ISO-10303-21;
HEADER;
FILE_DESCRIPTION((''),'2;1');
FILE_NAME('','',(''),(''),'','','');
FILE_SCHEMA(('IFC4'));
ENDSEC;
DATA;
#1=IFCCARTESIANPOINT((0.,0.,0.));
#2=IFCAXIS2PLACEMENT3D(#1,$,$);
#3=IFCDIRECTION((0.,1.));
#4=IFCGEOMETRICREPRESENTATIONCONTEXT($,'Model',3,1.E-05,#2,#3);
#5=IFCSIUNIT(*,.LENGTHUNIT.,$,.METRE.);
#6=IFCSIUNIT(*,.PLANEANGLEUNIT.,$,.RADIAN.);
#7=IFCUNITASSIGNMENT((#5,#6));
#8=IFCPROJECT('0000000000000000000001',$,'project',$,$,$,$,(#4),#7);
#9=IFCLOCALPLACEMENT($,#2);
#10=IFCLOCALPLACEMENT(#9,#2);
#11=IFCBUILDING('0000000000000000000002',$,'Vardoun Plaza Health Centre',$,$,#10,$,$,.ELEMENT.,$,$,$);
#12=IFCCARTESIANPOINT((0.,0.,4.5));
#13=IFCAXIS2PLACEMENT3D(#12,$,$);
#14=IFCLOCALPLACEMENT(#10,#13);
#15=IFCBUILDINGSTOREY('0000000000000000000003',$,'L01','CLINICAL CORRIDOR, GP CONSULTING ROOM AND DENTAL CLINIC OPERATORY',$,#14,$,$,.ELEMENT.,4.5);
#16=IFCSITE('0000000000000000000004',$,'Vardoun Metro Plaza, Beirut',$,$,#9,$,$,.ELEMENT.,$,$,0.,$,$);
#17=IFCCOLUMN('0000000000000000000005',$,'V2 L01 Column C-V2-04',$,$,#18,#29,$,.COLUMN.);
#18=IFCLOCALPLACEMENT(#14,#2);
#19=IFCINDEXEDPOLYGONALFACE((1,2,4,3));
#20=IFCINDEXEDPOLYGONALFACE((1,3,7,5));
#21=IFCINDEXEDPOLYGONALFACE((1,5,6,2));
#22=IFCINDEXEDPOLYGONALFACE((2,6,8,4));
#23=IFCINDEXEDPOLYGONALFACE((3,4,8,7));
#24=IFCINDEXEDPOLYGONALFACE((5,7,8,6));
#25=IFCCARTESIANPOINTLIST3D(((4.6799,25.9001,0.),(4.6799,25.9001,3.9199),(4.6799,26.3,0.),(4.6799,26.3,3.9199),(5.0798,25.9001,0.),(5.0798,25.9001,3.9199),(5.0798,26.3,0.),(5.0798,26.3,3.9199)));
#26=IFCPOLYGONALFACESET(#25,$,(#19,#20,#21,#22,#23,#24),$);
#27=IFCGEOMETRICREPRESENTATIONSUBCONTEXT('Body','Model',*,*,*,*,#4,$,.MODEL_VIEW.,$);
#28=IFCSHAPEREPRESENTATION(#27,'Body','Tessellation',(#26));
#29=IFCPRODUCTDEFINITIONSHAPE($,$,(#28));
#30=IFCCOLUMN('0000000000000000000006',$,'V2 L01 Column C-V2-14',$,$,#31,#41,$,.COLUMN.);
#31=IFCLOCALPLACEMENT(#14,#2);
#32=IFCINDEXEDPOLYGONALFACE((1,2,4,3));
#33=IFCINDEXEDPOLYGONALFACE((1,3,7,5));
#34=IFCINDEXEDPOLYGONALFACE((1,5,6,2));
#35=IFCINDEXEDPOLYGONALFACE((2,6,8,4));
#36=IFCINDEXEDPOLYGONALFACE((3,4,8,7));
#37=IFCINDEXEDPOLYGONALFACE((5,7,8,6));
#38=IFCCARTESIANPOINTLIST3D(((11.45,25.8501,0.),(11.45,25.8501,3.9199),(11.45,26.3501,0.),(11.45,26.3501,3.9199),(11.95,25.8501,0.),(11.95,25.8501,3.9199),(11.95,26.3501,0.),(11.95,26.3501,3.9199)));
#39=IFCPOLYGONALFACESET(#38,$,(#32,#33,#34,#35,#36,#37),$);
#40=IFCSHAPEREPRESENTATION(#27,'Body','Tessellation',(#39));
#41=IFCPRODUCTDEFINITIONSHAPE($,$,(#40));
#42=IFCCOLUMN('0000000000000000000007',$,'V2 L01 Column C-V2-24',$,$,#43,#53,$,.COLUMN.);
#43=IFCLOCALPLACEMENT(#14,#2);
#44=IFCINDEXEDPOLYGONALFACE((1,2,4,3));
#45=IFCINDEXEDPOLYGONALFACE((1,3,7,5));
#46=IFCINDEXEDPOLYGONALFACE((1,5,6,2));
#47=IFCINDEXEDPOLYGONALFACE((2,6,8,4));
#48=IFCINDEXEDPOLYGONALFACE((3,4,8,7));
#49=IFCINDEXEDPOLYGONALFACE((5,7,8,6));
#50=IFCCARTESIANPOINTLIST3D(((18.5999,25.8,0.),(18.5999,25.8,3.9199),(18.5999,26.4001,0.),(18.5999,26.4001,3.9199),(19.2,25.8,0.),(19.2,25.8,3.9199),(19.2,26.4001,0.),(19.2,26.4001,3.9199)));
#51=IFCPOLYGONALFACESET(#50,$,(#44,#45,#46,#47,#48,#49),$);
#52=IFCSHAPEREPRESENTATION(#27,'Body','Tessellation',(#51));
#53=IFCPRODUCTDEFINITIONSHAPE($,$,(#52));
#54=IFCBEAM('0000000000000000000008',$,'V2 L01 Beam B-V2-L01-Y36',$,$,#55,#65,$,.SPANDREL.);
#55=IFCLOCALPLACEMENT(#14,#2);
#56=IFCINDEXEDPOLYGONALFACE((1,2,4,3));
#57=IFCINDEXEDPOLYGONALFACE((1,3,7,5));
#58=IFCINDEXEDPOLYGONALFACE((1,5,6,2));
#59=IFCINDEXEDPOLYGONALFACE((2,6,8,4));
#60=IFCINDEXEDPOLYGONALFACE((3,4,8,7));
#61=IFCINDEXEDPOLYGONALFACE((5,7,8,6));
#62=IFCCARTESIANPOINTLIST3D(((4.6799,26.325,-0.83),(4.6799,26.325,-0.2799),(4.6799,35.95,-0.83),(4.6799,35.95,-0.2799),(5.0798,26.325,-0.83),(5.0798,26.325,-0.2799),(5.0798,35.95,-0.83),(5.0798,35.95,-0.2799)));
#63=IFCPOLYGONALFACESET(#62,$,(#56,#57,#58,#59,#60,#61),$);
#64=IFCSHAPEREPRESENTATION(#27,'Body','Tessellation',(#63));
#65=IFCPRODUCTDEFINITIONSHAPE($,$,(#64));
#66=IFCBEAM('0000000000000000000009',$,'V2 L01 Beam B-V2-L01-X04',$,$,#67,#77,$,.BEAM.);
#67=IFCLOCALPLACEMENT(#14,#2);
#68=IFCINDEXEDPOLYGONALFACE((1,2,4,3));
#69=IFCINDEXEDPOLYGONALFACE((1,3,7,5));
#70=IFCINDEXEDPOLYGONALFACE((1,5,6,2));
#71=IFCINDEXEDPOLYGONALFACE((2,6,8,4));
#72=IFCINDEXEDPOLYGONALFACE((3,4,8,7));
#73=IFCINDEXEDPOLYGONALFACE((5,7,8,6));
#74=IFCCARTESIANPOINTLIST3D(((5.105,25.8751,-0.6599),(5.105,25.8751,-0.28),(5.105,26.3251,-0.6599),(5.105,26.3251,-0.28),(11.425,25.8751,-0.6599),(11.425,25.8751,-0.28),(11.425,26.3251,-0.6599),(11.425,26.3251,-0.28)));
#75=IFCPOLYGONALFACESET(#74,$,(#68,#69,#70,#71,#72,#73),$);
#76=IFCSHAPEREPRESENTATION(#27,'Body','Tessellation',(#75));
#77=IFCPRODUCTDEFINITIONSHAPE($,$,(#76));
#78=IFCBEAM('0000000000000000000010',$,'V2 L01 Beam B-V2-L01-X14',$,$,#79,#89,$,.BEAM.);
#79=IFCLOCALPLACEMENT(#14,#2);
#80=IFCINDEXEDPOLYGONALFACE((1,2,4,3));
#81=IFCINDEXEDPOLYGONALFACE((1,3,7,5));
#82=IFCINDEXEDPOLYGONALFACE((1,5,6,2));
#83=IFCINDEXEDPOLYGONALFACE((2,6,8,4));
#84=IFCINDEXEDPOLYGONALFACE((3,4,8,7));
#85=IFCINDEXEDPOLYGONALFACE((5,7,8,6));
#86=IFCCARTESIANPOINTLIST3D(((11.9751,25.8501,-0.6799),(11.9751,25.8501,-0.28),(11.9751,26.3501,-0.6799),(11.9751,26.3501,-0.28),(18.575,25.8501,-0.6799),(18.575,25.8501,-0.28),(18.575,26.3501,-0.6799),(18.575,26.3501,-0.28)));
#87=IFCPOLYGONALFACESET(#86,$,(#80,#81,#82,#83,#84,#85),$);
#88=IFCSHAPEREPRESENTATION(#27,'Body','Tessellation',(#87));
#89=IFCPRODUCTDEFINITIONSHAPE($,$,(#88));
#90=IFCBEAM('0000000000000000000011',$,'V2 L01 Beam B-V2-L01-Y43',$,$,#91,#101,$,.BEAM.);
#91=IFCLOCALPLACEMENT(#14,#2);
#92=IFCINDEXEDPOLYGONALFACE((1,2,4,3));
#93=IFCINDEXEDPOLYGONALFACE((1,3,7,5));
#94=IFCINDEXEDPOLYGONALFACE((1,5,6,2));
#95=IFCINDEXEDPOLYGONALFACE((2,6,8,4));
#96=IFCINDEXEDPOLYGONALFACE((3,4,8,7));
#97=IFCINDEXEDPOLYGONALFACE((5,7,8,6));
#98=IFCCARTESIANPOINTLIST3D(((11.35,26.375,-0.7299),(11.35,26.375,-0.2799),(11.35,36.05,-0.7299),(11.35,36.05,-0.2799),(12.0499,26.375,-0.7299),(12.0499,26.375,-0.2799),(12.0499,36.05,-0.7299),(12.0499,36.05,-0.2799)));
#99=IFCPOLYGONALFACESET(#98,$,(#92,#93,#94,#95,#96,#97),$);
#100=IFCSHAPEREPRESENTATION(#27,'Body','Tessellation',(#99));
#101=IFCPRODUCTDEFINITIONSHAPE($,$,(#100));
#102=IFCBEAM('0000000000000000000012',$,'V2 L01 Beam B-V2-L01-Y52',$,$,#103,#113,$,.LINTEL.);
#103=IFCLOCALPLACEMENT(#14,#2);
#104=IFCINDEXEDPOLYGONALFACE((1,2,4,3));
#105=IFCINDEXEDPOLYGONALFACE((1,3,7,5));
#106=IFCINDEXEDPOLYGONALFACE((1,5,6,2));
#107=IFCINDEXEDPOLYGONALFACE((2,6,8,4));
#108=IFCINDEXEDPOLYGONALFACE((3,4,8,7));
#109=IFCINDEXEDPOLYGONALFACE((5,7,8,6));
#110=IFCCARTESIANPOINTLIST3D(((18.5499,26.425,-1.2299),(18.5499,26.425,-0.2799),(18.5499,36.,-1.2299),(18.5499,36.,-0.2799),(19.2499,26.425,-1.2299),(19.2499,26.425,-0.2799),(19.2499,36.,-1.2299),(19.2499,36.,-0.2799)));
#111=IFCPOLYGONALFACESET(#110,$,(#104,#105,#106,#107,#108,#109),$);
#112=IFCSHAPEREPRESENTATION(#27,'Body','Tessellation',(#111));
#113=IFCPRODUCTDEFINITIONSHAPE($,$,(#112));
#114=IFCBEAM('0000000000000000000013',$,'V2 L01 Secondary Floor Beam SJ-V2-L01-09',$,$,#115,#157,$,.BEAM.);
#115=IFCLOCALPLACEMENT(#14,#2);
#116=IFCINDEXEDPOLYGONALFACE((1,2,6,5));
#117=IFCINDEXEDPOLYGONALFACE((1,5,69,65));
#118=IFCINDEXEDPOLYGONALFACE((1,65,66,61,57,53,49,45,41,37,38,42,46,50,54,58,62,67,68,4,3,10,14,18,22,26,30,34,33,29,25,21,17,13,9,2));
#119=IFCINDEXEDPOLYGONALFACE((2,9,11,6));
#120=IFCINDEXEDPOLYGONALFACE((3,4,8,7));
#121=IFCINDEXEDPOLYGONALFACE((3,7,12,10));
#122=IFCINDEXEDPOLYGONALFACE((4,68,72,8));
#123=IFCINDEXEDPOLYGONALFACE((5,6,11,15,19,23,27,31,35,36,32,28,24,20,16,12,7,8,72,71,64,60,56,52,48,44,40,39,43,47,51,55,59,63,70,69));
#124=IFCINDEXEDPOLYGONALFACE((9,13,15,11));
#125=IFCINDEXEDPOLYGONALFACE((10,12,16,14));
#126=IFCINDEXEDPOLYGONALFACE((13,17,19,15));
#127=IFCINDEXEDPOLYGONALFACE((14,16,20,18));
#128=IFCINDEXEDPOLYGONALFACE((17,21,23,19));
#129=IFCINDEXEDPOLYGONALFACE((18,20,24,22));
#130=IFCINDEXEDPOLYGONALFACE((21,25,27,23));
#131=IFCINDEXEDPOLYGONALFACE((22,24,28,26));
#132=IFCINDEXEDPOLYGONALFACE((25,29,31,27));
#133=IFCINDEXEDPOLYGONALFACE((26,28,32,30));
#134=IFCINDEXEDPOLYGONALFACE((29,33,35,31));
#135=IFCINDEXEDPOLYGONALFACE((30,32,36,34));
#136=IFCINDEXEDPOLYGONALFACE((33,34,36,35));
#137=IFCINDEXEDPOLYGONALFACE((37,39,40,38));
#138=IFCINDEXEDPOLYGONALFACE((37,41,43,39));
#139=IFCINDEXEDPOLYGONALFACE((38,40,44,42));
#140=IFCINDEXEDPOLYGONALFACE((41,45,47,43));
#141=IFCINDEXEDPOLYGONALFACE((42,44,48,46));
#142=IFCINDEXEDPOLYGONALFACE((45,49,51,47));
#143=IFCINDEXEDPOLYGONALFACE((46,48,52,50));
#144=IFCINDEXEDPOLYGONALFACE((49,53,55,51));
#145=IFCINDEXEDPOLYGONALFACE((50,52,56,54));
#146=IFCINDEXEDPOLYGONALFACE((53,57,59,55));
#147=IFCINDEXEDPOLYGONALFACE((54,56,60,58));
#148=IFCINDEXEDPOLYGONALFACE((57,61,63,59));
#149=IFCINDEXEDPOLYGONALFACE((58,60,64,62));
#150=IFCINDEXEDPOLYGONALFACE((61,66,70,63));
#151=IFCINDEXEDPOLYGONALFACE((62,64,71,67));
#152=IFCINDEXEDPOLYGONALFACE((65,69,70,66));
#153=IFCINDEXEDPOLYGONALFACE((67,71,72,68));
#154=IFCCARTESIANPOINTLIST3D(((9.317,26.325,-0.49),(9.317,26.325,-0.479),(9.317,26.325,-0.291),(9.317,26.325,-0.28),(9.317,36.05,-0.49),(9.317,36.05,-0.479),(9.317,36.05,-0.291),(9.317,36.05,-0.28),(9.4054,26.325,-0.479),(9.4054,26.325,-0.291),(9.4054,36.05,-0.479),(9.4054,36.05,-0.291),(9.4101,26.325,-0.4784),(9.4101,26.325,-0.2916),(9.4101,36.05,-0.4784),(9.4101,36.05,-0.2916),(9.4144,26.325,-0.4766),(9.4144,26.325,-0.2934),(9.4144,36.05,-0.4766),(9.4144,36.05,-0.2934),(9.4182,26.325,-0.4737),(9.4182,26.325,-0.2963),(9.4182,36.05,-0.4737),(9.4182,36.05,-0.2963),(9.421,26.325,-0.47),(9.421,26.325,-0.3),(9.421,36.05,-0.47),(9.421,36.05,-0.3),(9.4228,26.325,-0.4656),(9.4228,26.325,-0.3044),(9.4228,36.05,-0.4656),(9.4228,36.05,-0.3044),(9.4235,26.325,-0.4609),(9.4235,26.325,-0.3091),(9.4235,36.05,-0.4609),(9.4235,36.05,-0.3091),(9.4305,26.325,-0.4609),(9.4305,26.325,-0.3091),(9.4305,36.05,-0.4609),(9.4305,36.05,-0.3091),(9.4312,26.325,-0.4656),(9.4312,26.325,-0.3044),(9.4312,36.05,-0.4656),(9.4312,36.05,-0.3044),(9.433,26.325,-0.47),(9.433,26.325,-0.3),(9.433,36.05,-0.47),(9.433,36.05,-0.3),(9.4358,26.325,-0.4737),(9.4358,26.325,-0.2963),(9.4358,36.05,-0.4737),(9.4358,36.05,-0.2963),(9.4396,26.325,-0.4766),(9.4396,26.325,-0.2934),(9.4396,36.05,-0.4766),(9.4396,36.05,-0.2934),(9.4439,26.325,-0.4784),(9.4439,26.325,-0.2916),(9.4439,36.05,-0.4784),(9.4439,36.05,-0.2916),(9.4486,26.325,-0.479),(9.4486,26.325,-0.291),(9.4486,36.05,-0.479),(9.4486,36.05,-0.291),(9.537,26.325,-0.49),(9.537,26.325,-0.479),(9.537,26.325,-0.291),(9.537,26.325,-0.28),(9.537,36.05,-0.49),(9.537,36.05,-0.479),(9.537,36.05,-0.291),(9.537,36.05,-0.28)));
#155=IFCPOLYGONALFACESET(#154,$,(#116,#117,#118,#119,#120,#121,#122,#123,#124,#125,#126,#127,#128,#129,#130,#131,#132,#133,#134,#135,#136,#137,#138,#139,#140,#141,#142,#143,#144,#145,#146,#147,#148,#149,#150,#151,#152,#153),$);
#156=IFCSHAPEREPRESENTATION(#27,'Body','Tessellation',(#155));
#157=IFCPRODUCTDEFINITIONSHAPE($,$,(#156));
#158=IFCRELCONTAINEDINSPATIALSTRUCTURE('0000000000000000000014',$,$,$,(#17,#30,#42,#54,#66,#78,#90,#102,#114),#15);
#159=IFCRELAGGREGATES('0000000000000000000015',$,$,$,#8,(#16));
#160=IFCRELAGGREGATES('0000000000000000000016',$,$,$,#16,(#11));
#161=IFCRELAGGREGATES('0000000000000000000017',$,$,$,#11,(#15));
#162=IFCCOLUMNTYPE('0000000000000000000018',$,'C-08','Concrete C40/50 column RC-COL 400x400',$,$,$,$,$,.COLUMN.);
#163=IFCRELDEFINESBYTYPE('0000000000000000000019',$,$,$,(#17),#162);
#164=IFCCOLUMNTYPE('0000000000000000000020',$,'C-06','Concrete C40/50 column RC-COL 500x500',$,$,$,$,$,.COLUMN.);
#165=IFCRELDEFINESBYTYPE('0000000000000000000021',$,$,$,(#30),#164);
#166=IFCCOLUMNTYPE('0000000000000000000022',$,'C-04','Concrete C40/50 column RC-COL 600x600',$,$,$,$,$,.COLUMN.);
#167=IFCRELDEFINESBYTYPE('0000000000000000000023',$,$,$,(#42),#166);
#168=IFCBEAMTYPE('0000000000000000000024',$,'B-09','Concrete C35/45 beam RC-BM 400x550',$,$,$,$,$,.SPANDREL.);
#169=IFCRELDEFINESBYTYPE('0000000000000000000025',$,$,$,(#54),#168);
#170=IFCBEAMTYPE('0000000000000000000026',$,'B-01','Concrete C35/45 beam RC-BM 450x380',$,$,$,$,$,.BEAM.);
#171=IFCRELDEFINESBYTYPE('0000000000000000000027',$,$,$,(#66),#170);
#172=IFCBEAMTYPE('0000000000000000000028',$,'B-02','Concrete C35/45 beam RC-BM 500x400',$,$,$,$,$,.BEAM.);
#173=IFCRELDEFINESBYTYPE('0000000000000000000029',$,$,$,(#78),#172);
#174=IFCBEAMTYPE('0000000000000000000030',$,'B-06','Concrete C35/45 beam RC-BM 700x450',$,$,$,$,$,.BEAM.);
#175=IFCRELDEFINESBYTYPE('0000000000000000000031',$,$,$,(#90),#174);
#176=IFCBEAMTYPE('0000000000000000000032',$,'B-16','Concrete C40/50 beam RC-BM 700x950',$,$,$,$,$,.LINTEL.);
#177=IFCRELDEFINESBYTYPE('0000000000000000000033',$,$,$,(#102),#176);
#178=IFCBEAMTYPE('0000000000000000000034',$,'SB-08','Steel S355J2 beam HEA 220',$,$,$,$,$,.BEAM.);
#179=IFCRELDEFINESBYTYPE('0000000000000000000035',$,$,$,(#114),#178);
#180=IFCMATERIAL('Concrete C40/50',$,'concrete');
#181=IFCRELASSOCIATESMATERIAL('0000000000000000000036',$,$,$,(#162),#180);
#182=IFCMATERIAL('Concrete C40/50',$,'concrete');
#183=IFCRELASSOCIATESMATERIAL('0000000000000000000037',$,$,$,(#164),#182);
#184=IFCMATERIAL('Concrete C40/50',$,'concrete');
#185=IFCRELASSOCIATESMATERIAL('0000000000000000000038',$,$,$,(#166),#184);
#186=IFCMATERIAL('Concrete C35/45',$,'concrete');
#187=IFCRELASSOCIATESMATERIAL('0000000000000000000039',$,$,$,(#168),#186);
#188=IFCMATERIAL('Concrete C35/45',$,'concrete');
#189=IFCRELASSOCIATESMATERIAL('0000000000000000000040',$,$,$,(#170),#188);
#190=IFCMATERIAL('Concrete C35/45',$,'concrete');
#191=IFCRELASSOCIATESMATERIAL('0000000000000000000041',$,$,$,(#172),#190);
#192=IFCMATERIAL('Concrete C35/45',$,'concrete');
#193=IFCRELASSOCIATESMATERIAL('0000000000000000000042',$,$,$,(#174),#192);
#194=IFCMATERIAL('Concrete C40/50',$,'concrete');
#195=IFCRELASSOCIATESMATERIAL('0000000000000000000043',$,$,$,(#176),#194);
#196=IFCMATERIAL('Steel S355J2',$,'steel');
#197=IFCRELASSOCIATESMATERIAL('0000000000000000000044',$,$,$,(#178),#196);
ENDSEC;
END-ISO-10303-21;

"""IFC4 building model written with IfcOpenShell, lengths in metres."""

from ifc_helpers import new_model, si_unit, direction, frame, origin, origin_2d, place, context, subcontext, project, spatial, rectangle, i_section, extrude, material, material_profile, profile_set, type_object, element, save


model = new_model("IFC4")

# Units and contexts
model_context = context("Model", 3, precision=1e-05, world=origin(), true_north=direction((0.0, 1.0)))
body_context = subcontext(model_context, "Body", "Model", "MODEL_VIEW")
ifc_project = project(units=[si_unit("LENGTHUNIT", "METRE"), si_unit("PLANEANGLEUNIT", "RADIAN")], contexts=[model_context])

# Site, building, storey
site_placement = place(None, origin())
site = spatial("IfcSite", under=ifc_project, at=site_placement, Name="Vardoun Metro Plaza, Beirut", CompositionType="ELEMENT", RefElevation=0.0)
building_placement = place(site_placement, origin())
building = spatial("IfcBuilding", under=site, at=building_placement, Name="Vardoun Plaza Health Centre", CompositionType="ELEMENT")
storey_placement = place(building_placement, frame((0.0, 0.0, 4.5)))
storey = spatial("IfcBuildingStorey", under=building, at=storey_placement, Name="L01", Description="CLINICAL CORRIDOR, GP CONSULTING ROOM AND DENTAL CLINIC OPERATORY", CompositionType="ELEMENT", Elevation=4.5)

# Columns
ifc_material_1 = material(Name="Concrete C40/50", Category="concrete")
ifc_material_profile_1 = material_profile(ifc_material_1, rectangle(XDim=0.3999, YDim=0.3999, at=origin_2d()), Name="RC-COL 400x400")
ifc_profile_set_1 = profile_set([ifc_material_profile_1], Name="Concrete C40/50")
column_type_1 = type_object("IfcColumnType", Name="C-08", Description="Concrete C40/50 column RC-COL 400x400", PredefinedType="COLUMN", material=ifc_profile_set_1)
column_1_placement = place(storey_placement, frame((4.8799, 26.1001, 0.0), z_axis=(0.0, 0.0, 1.0), x_axis=(1.0, 0.0, 0.0)))
element("IfcColumn", 1, at=column_1_placement, inside=storey, type_object=column_type_1, Name="V2 L01 Column C-V2-04", PredefinedType="COLUMN", context=body_context, shape_type="SweptSolid", body=[
    extrude(rectangle(XDim=0.3999, YDim=0.3999, at=origin_2d()), origin(), (0.0, 0.0, 1.0), 3.9199),
])
ifc_material_2 = material(Name="Concrete C40/50", Category="concrete")
ifc_material_profile_2 = material_profile(ifc_material_2, rectangle(XDim=0.5, YDim=0.5, at=origin_2d()), Name="RC-COL 500x500")
ifc_profile_set_2 = profile_set([ifc_material_profile_2], Name="Concrete C40/50")
column_type_2 = type_object("IfcColumnType", Name="C-06", Description="Concrete C40/50 column RC-COL 500x500", PredefinedType="COLUMN", material=ifc_profile_set_2)
column_2_placement = place(storey_placement, frame((11.7, 26.1001, 0.0), z_axis=(0.0, 0.0, 1.0), x_axis=(1.0, 0.0, 0.0)))
element("IfcColumn", 2, at=column_2_placement, inside=storey, type_object=column_type_2, Name="V2 L01 Column C-V2-14", PredefinedType="COLUMN", context=body_context, shape_type="SweptSolid", body=[
    extrude(rectangle(XDim=0.5, YDim=0.5, at=origin_2d()), origin(), (0.0, 0.0, 1.0), 3.9199),
])
ifc_material_3 = material(Name="Concrete C40/50", Category="concrete")
ifc_material_profile_3 = material_profile(ifc_material_3, rectangle(XDim=0.6001, YDim=0.6001, at=origin_2d()), Name="RC-COL 600x600")
ifc_profile_set_3 = profile_set([ifc_material_profile_3], Name="Concrete C40/50")
column_type_3 = type_object("IfcColumnType", Name="C-04", Description="Concrete C40/50 column RC-COL 600x600", PredefinedType="COLUMN", material=ifc_profile_set_3)
column_3_placement = place(storey_placement, frame((18.8999, 26.1001, 0.0), z_axis=(0.0, 0.0, 1.0), x_axis=(1.0, 0.0, 0.0)))
element("IfcColumn", 3, at=column_3_placement, inside=storey, type_object=column_type_3, Name="V2 L01 Column C-V2-24", PredefinedType="COLUMN", context=body_context, shape_type="SweptSolid", body=[
    extrude(rectangle(XDim=0.6001, YDim=0.6001, at=origin_2d()), origin(), (0.0, 0.0, 1.0), 3.9199),
])

# Beams
ifc_material_4 = material(Name="Concrete C35/45", Category="concrete")
ifc_material_profile_4 = material_profile(ifc_material_4, rectangle(XDim=0.3999, YDim=0.55, at=origin_2d()), Name="RC-BM 400x550")
ifc_profile_set_4 = profile_set([ifc_material_profile_4], Name="Concrete C35/45")
beam_type_1 = type_object("IfcBeamType", Name="B-09", Description="Concrete C35/45 beam RC-BM 400x550", PredefinedType="SPANDREL", material=ifc_profile_set_4)
beam_1_placement = place(storey_placement, frame((4.8799, 26.325, -0.5549), z_axis=(0.0, 1.0, 0.0), x_axis=(-1.0, 0.0, 0.0)))
element("IfcBeam", 4, at=beam_1_placement, inside=storey, type_object=beam_type_1, Name="V2 L01 Beam B-V2-L01-Y36", PredefinedType="SPANDREL", context=body_context, shape_type="SweptSolid", body=[
    extrude(rectangle(XDim=0.3999, YDim=0.55, at=origin_2d()), origin(), (0.0, 0.0, 1.0), 9.625),
])
ifc_material_5 = material(Name="Concrete C35/45", Category="concrete")
ifc_material_profile_5 = material_profile(ifc_material_5, rectangle(XDim=0.45, YDim=0.3799, at=origin_2d()), Name="RC-BM 450x380")
ifc_profile_set_5 = profile_set([ifc_material_profile_5], Name="Concrete C35/45")
beam_type_2 = type_object("IfcBeamType", Name="B-01", Description="Concrete C35/45 beam RC-BM 450x380", PredefinedType="BEAM", material=ifc_profile_set_5)
beam_2_placement = place(storey_placement, frame((5.105, 26.1001, -0.47), z_axis=(1.0, 0.0, 0.0), x_axis=(0.0, 1.0, 0.0)))
element("IfcBeam", 5, at=beam_2_placement, inside=storey, type_object=beam_type_2, Name="V2 L01 Beam B-V2-L01-X04", PredefinedType="BEAM", context=body_context, shape_type="SweptSolid", body=[
    extrude(rectangle(XDim=0.45, YDim=0.3799, at=origin_2d()), origin(), (0.0, 0.0, 1.0), 6.3201),
])
ifc_material_6 = material(Name="Concrete C35/45", Category="concrete")
ifc_material_profile_6 = material_profile(ifc_material_6, rectangle(XDim=0.5, YDim=0.3999, at=origin_2d()), Name="RC-BM 500x400")
ifc_profile_set_6 = profile_set([ifc_material_profile_6], Name="Concrete C35/45")
beam_type_3 = type_object("IfcBeamType", Name="B-02", Description="Concrete C35/45 beam RC-BM 500x400", PredefinedType="BEAM", material=ifc_profile_set_6)
beam_3_placement = place(storey_placement, frame((11.9751, 26.1001, -0.48), z_axis=(1.0, 0.0, 0.0), x_axis=(0.0, 1.0, 0.0)))
element("IfcBeam", 6, at=beam_3_placement, inside=storey, type_object=beam_type_3, Name="V2 L01 Beam B-V2-L01-X14", PredefinedType="BEAM", context=body_context, shape_type="SweptSolid", body=[
    extrude(rectangle(XDim=0.5, YDim=0.3999, at=origin_2d()), origin(), (0.0, 0.0, 1.0), 6.5999),
])
ifc_material_7 = material(Name="Concrete C35/45", Category="concrete")
ifc_material_profile_7 = material_profile(ifc_material_7, rectangle(XDim=0.7, YDim=0.45, at=origin_2d()), Name="RC-BM 700x450")
ifc_profile_set_7 = profile_set([ifc_material_profile_7], Name="Concrete C35/45")
beam_type_4 = type_object("IfcBeamType", Name="B-06", Description="Concrete C35/45 beam RC-BM 700x450", PredefinedType="BEAM", material=ifc_profile_set_7)
beam_4_placement = place(storey_placement, frame((11.7, 26.375, -0.5049), z_axis=(0.0, 1.0, 0.0), x_axis=(-1.0, 0.0, 0.0)))
element("IfcBeam", 7, at=beam_4_placement, inside=storey, type_object=beam_type_4, Name="V2 L01 Beam B-V2-L01-Y43", PredefinedType="BEAM", context=body_context, shape_type="SweptSolid", body=[
    extrude(rectangle(XDim=0.7, YDim=0.45, at=origin_2d()), origin(), (0.0, 0.0, 1.0), 9.675),
])
ifc_material_8 = material(Name="Concrete C40/50", Category="concrete")
ifc_material_profile_8 = material_profile(ifc_material_8, rectangle(XDim=0.7, YDim=0.95, at=origin_2d()), Name="RC-BM 700x950")
ifc_profile_set_8 = profile_set([ifc_material_profile_8], Name="Concrete C40/50")
beam_type_5 = type_object("IfcBeamType", Name="B-16", Description="Concrete C40/50 beam RC-BM 700x950", PredefinedType="LINTEL", material=ifc_profile_set_8)
beam_5_placement = place(storey_placement, frame((18.8999, 26.425, -0.7549), z_axis=(0.0, 1.0, 0.0), x_axis=(-1.0, 0.0, 0.0)))
element("IfcBeam", 8, at=beam_5_placement, inside=storey, type_object=beam_type_5, Name="V2 L01 Beam B-V2-L01-Y52", PredefinedType="LINTEL", context=body_context, shape_type="SweptSolid", body=[
    extrude(rectangle(XDim=0.7, YDim=0.95, at=origin_2d()), origin(), (0.0, 0.0, 1.0), 9.575),
])
ifc_material_9 = material(Name="Steel S355J2", Category="steel")
ifc_material_profile_9 = material_profile(ifc_material_9, i_section(OverallWidth=0.22, OverallDepth=0.21, WebThickness=0.0071, FlangeThickness=0.011, FilletRadius=0.0181, at=origin_2d()), Name="HEA 220")
ifc_profile_set_9 = profile_set([ifc_material_profile_9], Name="Steel S355J2")
beam_type_6 = type_object("IfcBeamType", Name="SB-08", Description="Steel S355J2 beam HEA 220", PredefinedType="BEAM", material=ifc_profile_set_9)
beam_6_placement = place(storey_placement, frame((9.427, 26.325, -0.385), z_axis=(0.0, 1.0, 0.0), x_axis=(-1.0, 0.0, 0.0)))
element("IfcBeam", 9, at=beam_6_placement, inside=storey, type_object=beam_type_6, Name="V2 L01 Secondary Floor Beam SJ-V2-L01-09", PredefinedType="BEAM", context=body_context, shape_type="SweptSolid", body=[
    extrude(i_section(OverallWidth=0.22, OverallDepth=0.21, WebThickness=0.0071, FlangeThickness=0.011, FilletRadius=0.0181, at=origin_2d()), origin(), (0.0, 0.0, 1.0), 9.7251),
])

save(model, "model.ifc")
